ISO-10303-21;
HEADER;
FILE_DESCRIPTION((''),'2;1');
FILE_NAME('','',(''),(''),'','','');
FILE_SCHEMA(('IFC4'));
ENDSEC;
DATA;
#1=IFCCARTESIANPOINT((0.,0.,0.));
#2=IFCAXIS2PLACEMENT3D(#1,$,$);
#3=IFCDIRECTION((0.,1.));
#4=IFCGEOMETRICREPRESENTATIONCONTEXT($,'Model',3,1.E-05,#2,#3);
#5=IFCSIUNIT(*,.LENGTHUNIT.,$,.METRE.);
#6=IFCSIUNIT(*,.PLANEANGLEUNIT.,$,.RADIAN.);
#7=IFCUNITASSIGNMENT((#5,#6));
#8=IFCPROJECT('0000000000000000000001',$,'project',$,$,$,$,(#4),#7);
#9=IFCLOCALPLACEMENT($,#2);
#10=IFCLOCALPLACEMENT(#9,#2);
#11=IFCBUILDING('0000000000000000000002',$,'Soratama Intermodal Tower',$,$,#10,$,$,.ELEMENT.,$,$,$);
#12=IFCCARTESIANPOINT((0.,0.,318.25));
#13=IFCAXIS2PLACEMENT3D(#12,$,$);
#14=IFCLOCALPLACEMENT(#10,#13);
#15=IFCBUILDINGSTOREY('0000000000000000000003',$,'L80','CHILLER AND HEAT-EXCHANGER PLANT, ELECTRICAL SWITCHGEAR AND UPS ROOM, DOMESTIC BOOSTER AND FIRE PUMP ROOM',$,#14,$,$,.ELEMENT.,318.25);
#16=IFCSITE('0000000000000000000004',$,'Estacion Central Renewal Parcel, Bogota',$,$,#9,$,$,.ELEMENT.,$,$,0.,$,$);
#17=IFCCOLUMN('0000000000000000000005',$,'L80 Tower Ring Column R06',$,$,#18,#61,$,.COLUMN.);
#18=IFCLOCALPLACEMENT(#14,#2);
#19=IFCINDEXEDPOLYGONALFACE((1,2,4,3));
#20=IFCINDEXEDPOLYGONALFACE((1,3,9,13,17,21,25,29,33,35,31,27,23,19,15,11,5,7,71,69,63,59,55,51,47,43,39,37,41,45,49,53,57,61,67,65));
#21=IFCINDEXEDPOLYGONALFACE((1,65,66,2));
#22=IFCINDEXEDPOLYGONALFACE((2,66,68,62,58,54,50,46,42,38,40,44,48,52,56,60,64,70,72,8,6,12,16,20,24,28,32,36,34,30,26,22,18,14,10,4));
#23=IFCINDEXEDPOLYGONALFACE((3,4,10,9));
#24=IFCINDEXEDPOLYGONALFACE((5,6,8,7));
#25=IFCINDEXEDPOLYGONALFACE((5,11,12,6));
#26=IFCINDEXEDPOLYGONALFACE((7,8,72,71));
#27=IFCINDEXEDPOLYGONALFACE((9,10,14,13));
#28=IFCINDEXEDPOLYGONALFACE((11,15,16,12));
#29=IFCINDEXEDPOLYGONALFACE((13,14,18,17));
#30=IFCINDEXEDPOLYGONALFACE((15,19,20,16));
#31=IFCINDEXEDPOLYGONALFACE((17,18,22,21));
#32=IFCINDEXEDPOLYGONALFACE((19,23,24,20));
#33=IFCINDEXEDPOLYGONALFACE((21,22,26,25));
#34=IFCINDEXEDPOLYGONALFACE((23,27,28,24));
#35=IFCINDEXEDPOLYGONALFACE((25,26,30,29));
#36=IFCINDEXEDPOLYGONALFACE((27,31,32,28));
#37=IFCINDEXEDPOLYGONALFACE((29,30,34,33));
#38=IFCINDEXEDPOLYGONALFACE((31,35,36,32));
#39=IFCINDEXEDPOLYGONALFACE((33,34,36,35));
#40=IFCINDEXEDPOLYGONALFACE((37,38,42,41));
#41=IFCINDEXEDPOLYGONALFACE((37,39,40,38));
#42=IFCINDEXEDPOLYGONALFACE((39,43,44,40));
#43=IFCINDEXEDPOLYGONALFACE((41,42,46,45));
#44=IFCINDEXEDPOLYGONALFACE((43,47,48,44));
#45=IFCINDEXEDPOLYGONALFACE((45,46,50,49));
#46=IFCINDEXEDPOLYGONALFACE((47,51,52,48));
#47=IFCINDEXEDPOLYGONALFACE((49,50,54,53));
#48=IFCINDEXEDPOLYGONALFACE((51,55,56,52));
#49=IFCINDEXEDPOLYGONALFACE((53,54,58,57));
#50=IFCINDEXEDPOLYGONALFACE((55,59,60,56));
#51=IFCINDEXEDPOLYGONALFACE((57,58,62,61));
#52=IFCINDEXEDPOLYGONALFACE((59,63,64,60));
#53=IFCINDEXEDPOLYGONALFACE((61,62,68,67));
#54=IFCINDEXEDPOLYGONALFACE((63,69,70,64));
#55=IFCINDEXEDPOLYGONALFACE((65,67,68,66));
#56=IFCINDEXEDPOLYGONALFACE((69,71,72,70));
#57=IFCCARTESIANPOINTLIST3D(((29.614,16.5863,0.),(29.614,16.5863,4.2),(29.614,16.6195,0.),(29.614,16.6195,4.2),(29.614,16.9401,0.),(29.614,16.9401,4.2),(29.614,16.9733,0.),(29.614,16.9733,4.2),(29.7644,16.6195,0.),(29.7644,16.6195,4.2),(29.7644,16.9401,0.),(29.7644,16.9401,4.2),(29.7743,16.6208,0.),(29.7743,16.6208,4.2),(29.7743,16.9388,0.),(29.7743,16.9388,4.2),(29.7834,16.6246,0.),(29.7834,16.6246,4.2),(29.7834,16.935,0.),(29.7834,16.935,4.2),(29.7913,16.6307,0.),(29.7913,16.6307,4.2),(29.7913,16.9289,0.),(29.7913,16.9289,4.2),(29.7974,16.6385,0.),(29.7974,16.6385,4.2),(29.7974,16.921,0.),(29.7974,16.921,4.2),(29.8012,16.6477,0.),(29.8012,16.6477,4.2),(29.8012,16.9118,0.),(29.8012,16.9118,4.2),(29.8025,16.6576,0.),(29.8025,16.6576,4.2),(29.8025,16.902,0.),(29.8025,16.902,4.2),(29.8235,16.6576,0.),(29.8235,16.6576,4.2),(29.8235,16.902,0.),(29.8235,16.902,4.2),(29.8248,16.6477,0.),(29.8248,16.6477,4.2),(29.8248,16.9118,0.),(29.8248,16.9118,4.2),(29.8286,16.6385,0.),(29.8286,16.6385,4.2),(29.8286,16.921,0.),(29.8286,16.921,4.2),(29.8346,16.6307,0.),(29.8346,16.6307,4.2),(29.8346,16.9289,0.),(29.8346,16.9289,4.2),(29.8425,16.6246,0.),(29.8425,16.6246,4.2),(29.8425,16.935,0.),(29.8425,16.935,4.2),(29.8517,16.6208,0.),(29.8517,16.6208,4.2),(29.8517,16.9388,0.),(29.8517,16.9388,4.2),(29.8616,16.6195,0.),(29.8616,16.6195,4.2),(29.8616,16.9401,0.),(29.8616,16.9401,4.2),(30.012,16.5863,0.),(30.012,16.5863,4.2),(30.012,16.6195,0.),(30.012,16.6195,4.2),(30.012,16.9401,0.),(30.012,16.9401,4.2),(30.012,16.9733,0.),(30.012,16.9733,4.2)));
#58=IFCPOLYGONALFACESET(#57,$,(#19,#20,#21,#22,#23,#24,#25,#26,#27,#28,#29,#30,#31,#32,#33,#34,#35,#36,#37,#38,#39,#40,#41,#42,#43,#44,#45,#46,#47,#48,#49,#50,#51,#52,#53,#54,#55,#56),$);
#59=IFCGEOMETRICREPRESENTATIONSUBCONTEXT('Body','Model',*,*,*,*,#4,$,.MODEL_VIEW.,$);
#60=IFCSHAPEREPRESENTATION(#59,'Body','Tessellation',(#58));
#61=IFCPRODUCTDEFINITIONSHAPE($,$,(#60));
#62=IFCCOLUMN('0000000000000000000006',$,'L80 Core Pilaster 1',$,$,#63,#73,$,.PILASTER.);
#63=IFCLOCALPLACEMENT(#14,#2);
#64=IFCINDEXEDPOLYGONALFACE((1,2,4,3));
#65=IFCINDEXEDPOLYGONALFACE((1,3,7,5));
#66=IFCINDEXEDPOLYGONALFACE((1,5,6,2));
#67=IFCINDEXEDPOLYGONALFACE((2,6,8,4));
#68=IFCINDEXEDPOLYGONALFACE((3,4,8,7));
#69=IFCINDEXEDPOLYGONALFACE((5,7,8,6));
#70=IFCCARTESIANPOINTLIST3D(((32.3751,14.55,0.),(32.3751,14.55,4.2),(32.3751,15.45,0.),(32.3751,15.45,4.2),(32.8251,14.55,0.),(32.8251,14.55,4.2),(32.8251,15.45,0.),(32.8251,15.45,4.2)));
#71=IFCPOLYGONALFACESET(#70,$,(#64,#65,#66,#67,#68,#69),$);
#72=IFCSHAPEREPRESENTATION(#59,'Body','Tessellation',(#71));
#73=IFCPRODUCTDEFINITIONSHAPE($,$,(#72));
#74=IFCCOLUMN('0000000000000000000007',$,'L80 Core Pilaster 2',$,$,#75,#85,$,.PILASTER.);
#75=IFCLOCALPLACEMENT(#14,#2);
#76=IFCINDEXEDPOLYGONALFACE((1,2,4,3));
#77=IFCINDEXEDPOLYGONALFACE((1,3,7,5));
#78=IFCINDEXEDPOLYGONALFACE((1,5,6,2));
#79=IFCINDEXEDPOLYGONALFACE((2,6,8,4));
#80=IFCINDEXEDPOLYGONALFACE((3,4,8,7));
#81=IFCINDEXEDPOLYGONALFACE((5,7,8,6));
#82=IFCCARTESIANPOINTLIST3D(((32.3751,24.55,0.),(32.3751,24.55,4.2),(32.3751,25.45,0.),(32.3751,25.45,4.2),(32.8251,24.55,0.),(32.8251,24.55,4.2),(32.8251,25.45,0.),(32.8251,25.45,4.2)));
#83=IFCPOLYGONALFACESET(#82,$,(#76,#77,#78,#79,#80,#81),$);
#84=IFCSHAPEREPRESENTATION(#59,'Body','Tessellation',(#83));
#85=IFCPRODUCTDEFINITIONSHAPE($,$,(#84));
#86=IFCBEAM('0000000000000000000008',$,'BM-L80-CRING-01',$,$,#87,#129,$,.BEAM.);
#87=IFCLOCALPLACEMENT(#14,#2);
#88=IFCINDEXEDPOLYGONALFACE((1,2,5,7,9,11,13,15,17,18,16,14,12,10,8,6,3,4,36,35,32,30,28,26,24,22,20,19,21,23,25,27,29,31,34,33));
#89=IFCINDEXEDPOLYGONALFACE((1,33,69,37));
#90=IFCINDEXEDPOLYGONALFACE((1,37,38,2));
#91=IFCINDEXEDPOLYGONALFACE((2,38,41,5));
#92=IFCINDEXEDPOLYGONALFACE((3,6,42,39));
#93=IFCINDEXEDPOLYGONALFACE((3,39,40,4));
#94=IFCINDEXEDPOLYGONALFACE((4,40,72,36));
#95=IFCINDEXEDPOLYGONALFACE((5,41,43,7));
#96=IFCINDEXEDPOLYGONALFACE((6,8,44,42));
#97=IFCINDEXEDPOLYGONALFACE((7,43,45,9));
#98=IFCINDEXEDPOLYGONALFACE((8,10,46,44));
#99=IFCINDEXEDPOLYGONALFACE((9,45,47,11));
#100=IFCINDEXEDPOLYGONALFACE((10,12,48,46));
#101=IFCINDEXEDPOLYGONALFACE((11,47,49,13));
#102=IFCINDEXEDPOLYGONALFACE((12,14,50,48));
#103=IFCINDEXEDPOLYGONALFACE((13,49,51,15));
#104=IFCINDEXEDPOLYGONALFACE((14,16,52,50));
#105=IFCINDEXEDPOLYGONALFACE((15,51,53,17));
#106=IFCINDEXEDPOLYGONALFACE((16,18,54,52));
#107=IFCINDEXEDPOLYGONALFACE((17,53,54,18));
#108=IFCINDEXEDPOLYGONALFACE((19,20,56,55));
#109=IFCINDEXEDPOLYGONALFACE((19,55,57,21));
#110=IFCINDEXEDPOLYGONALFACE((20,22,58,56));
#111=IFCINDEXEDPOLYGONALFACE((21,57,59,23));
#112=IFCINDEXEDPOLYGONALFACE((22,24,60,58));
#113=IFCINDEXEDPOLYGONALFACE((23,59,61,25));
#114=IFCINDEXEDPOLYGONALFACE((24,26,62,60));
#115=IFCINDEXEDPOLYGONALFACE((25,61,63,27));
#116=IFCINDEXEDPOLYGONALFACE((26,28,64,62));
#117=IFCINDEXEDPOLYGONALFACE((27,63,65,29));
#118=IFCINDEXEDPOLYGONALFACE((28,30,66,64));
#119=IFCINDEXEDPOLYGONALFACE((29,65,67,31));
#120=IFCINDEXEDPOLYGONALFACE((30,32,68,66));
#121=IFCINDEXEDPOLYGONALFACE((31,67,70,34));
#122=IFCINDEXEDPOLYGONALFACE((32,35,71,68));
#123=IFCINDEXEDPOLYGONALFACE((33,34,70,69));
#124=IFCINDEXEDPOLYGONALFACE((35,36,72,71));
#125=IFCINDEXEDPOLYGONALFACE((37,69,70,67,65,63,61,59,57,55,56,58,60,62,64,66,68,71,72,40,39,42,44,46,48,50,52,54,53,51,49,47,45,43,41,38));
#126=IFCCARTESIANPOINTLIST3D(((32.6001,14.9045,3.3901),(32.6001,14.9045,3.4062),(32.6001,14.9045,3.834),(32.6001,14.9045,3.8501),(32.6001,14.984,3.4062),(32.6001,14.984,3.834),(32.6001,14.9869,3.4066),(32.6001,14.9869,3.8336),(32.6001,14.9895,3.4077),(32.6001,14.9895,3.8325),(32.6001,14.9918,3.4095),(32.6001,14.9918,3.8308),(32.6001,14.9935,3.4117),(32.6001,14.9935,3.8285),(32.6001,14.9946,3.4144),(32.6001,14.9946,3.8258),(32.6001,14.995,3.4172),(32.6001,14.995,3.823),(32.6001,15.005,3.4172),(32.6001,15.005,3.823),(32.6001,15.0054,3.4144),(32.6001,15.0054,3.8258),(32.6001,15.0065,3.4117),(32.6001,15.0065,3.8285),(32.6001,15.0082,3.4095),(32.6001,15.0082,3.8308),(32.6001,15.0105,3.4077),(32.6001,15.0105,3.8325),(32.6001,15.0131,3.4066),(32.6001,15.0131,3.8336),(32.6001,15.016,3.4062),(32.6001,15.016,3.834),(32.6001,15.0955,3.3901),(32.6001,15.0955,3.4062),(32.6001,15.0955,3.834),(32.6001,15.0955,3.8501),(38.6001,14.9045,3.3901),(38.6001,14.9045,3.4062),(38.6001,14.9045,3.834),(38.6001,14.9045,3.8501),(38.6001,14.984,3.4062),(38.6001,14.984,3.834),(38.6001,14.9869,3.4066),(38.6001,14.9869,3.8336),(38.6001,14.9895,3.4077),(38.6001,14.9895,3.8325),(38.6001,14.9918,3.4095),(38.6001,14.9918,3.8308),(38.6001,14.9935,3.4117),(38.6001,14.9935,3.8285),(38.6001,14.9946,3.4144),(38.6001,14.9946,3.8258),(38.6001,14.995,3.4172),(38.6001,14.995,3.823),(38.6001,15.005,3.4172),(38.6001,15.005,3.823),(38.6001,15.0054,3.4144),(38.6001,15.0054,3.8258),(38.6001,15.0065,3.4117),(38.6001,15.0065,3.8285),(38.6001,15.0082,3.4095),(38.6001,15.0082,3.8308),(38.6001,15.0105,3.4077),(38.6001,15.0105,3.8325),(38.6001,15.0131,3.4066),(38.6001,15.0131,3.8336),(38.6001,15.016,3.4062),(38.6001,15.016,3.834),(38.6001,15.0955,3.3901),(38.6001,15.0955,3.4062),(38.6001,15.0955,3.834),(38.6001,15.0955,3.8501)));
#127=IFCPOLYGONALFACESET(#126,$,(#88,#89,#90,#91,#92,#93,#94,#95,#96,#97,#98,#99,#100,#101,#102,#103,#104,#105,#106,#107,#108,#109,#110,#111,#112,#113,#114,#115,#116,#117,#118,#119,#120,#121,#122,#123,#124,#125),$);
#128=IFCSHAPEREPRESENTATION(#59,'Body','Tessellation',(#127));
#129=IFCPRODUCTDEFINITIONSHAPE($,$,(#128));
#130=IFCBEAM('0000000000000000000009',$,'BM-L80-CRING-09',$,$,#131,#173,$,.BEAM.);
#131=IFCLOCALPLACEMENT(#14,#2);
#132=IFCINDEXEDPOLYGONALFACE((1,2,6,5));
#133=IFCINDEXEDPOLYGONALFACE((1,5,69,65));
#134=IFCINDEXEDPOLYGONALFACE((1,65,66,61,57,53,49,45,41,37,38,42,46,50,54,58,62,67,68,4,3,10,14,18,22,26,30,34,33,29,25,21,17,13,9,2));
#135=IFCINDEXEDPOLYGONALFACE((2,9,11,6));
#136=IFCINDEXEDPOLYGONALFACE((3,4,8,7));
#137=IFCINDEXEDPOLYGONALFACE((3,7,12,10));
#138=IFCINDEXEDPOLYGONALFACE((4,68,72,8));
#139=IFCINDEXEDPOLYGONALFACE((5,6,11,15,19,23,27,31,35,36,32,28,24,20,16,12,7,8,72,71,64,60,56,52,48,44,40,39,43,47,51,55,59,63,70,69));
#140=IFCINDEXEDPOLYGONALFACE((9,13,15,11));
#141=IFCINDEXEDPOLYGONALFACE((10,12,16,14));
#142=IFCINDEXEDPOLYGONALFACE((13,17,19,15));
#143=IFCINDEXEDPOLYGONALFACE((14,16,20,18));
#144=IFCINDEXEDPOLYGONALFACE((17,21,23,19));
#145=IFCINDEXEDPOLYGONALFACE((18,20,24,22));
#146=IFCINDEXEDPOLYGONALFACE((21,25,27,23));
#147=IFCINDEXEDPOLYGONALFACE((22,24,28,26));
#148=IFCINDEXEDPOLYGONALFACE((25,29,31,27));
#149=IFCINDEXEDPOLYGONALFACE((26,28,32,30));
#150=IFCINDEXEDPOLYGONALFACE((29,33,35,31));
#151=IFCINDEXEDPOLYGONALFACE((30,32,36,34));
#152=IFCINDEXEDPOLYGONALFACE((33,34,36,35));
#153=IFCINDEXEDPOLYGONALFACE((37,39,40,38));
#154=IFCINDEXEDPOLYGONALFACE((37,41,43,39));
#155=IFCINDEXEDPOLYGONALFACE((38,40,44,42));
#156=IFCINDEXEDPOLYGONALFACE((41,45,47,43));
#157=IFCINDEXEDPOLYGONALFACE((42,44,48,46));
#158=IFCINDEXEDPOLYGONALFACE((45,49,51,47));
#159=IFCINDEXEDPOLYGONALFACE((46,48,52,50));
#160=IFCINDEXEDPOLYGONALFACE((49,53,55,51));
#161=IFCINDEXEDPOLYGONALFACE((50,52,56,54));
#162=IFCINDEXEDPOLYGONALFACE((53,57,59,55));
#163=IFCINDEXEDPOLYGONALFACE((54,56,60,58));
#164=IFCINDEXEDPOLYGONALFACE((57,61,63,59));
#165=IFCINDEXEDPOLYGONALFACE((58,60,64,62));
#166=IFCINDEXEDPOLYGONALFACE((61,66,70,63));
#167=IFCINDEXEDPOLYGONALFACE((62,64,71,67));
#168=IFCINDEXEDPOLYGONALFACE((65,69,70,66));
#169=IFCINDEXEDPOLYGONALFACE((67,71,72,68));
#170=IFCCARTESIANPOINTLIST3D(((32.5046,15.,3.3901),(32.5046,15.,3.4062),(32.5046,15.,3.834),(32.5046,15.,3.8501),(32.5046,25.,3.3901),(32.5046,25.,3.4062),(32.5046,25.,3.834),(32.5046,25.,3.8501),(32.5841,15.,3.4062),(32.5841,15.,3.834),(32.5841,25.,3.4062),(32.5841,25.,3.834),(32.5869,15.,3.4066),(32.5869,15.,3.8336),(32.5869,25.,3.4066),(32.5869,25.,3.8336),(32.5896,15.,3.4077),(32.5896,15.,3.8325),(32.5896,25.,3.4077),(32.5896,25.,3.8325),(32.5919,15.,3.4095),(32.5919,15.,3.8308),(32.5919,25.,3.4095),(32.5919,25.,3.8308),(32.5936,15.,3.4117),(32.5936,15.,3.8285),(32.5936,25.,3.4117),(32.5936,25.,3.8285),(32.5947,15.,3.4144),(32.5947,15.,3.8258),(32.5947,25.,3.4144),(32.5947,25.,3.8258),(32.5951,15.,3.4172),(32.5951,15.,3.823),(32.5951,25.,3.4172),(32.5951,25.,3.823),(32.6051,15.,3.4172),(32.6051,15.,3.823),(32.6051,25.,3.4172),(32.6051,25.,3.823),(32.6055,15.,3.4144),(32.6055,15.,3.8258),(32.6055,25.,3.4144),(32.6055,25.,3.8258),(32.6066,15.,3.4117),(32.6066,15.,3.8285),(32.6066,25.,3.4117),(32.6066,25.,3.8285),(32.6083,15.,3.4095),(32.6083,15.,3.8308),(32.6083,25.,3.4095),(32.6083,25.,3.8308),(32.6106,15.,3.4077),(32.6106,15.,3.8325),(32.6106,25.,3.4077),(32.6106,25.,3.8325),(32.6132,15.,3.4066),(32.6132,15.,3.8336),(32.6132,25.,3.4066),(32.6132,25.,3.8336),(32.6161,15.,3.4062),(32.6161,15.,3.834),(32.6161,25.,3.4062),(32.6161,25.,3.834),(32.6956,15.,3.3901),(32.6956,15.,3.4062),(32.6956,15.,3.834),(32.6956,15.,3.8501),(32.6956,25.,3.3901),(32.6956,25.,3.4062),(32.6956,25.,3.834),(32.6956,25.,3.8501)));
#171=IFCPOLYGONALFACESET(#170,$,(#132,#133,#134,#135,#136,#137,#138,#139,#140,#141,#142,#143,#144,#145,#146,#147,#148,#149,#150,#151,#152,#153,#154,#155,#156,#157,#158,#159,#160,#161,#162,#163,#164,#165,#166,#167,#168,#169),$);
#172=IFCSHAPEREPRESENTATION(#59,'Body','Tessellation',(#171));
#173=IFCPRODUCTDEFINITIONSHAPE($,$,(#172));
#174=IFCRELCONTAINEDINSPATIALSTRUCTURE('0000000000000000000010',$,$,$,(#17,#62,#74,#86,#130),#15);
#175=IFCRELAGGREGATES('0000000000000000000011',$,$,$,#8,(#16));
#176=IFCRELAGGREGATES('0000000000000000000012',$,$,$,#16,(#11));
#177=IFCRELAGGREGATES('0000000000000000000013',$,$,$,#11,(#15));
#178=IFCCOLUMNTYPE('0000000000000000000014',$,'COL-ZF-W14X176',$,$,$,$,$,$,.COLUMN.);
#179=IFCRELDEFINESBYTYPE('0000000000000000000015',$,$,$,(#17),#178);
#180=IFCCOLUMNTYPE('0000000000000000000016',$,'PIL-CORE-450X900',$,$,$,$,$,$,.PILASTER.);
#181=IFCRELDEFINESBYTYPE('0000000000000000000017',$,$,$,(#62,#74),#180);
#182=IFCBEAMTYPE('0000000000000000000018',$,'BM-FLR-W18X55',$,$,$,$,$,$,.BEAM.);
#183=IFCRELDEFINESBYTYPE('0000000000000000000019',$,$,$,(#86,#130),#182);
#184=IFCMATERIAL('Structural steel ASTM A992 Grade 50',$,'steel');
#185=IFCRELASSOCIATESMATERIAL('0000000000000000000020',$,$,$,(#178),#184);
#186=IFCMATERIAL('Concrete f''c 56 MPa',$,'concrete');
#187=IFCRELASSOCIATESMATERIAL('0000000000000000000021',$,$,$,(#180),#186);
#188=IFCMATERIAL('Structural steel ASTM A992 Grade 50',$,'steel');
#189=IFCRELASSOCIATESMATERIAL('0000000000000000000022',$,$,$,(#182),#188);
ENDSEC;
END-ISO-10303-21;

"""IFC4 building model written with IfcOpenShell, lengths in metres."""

from ifc_helpers import new_model, si_unit, direction, frame, origin, origin_2d, place, context, subcontext, project, spatial, rectangle, i_section, extrude, material, material_profile, profile_set, type_object, element, save


model = new_model("IFC4")

# Units and contexts
model_context = context("Model", 3, precision=1e-05, world=origin(), true_north=direction((0.0, 1.0)))
body_context = subcontext(model_context, "Body", "Model", "MODEL_VIEW")
ifc_project = project(units=[si_unit("LENGTHUNIT", "METRE"), si_unit("PLANEANGLEUNIT", "RADIAN")], contexts=[model_context])

# Site, building, storey
site_placement = place(None, origin())
site = spatial("IfcSite", under=ifc_project, at=site_placement, Name="Estacion Central Renewal Parcel, Bogota", CompositionType="ELEMENT", RefElevation=0.0)
building_placement = place(site_placement, origin())
building = spatial("IfcBuilding", under=site, at=building_placement, Name="Soratama Intermodal Tower", CompositionType="ELEMENT")
storey_placement = place(building_placement, frame((0.0, 0.0, 318.25)))
storey = spatial("IfcBuildingStorey", under=building, at=storey_placement, Name="L80", Description="CHILLER AND HEAT-EXCHANGER PLANT, ELECTRICAL SWITCHGEAR AND UPS ROOM, DOMESTIC BOOSTER AND FIRE PUMP ROOM", CompositionType="ELEMENT", Elevation=318.25)

# Columns
ifc_material_1 = material(Name="Structural steel ASTM A992 Grade 50", Category="steel")
ifc_material_profile_1 = material_profile(ifc_material_1, i_section(OverallWidth=0.3979, OverallDepth=0.387, WebThickness=0.021, FlangeThickness=0.0332, FilletRadius=0.0381, at=origin_2d()), Name="W14X176")
ifc_profile_set_1 = profile_set([ifc_material_profile_1], Name="Structural steel ASTM A992 Grade 50")
column_type_1 = type_object("IfcColumnType", Name="COL-ZF-W14X176", PredefinedType="COLUMN", material=ifc_profile_set_1)
column_placement = place(storey_placement, frame((29.813, 16.7798, 0.0), z_axis=(0.0, 0.0, 1.0), x_axis=(1.0, 0.0, 0.0)))
element("IfcColumn", 1, at=column_placement, inside=storey, type_object=column_type_1, Name="L80 Tower Ring Column R06", PredefinedType="COLUMN", context=body_context, shape_type="SweptSolid", body=[
    extrude(i_section(OverallWidth=0.3979, OverallDepth=0.387, WebThickness=0.021, FlangeThickness=0.0332, FilletRadius=0.0381, at=origin_2d()), origin(), (0.0, 0.0, 1.0), 4.2),
])
ifc_material_2 = material(Name="Concrete f'c 56 MPa", Category="concrete")
ifc_material_profile_2 = material_profile(ifc_material_2, rectangle(XDim=0.45, YDim=0.8999, at=origin_2d()), Name="RC450X900")
ifc_profile_set_2 = profile_set([ifc_material_profile_2], Name="Concrete f'c 56 MPa")
column_type_2 = type_object("IfcColumnType", Name="PIL-CORE-450X900", PredefinedType="PILASTER", material=ifc_profile_set_2)
for number, where, z_axis, x_axis, name in (
    (2, (32.6001, 15.0, 0.0), (0.0, 0.0, 1.0), (1.0, 0.0, 0.0), "L80 Core Pilaster 1"),
    (3, (32.6001, 25.0, 0.0), (0.0, 0.0, 1.0), (1.0, 0.0, 0.0), "L80 Core Pilaster 2"),
):
    element("IfcColumn", number, at=place(storey_placement, frame(where, z_axis=z_axis, x_axis=x_axis)), inside=storey, type_object=column_type_2, Name=name, PredefinedType="PILASTER", context=body_context, shape_type="SweptSolid", body=[
        extrude(rectangle(XDim=0.45, YDim=0.8999, at=origin_2d()), origin(), (0.0, 0.0, 1.0), 4.2),
    ])

# Beams
ifc_material_3 = material(Name="Structural steel ASTM A992 Grade 50", Category="steel")
ifc_material_profile_3 = material_profile(ifc_material_3, i_section(OverallWidth=0.1909, OverallDepth=0.46, WebThickness=0.01, FlangeThickness=0.0161, FilletRadius=0.011, at=origin_2d()), Name="W18X55")
ifc_profile_set_3 = profile_set([ifc_material_profile_3], Name="Structural steel ASTM A992 Grade 50")
beam_type_1 = type_object("IfcBeamType", Name="BM-FLR-W18X55", PredefinedType="BEAM", material=ifc_profile_set_3)
beam_1_placement = place(storey_placement, frame((32.6001, 15.0, 3.6201), z_axis=(1.0, 0.0, 0.0), x_axis=(0.0, 1.0, 0.0)))
element("IfcBeam", 4, at=beam_1_placement, inside=storey, type_object=beam_type_1, Name="BM-L80-CRING-01", PredefinedType="BEAM", context=body_context, shape_type="SweptSolid", body=[
    extrude(i_section(OverallWidth=0.1909, OverallDepth=0.46, WebThickness=0.01, FlangeThickness=0.0161, FilletRadius=0.011, at=origin_2d()), origin(), (0.0, 0.0, 1.0), 6.0),
])
beam_2_placement = place(storey_placement, frame((32.6001, 25.0, 3.6201), z_axis=(0.0, -1.0, 0.0), x_axis=(1.0, 0.0, 0.0)))
element("IfcBeam", 5, at=beam_2_placement, inside=storey, type_object=beam_type_1, Name="BM-L80-CRING-09", PredefinedType="BEAM", context=body_context, shape_type="SweptSolid", body=[
    extrude(i_section(OverallWidth=0.1909, OverallDepth=0.46, WebThickness=0.01, FlangeThickness=0.0161, FilletRadius=0.011, at=origin_2d()), origin(), (0.0, 0.0, 1.0), 10.0),
])

save(model, "model.ifc")
